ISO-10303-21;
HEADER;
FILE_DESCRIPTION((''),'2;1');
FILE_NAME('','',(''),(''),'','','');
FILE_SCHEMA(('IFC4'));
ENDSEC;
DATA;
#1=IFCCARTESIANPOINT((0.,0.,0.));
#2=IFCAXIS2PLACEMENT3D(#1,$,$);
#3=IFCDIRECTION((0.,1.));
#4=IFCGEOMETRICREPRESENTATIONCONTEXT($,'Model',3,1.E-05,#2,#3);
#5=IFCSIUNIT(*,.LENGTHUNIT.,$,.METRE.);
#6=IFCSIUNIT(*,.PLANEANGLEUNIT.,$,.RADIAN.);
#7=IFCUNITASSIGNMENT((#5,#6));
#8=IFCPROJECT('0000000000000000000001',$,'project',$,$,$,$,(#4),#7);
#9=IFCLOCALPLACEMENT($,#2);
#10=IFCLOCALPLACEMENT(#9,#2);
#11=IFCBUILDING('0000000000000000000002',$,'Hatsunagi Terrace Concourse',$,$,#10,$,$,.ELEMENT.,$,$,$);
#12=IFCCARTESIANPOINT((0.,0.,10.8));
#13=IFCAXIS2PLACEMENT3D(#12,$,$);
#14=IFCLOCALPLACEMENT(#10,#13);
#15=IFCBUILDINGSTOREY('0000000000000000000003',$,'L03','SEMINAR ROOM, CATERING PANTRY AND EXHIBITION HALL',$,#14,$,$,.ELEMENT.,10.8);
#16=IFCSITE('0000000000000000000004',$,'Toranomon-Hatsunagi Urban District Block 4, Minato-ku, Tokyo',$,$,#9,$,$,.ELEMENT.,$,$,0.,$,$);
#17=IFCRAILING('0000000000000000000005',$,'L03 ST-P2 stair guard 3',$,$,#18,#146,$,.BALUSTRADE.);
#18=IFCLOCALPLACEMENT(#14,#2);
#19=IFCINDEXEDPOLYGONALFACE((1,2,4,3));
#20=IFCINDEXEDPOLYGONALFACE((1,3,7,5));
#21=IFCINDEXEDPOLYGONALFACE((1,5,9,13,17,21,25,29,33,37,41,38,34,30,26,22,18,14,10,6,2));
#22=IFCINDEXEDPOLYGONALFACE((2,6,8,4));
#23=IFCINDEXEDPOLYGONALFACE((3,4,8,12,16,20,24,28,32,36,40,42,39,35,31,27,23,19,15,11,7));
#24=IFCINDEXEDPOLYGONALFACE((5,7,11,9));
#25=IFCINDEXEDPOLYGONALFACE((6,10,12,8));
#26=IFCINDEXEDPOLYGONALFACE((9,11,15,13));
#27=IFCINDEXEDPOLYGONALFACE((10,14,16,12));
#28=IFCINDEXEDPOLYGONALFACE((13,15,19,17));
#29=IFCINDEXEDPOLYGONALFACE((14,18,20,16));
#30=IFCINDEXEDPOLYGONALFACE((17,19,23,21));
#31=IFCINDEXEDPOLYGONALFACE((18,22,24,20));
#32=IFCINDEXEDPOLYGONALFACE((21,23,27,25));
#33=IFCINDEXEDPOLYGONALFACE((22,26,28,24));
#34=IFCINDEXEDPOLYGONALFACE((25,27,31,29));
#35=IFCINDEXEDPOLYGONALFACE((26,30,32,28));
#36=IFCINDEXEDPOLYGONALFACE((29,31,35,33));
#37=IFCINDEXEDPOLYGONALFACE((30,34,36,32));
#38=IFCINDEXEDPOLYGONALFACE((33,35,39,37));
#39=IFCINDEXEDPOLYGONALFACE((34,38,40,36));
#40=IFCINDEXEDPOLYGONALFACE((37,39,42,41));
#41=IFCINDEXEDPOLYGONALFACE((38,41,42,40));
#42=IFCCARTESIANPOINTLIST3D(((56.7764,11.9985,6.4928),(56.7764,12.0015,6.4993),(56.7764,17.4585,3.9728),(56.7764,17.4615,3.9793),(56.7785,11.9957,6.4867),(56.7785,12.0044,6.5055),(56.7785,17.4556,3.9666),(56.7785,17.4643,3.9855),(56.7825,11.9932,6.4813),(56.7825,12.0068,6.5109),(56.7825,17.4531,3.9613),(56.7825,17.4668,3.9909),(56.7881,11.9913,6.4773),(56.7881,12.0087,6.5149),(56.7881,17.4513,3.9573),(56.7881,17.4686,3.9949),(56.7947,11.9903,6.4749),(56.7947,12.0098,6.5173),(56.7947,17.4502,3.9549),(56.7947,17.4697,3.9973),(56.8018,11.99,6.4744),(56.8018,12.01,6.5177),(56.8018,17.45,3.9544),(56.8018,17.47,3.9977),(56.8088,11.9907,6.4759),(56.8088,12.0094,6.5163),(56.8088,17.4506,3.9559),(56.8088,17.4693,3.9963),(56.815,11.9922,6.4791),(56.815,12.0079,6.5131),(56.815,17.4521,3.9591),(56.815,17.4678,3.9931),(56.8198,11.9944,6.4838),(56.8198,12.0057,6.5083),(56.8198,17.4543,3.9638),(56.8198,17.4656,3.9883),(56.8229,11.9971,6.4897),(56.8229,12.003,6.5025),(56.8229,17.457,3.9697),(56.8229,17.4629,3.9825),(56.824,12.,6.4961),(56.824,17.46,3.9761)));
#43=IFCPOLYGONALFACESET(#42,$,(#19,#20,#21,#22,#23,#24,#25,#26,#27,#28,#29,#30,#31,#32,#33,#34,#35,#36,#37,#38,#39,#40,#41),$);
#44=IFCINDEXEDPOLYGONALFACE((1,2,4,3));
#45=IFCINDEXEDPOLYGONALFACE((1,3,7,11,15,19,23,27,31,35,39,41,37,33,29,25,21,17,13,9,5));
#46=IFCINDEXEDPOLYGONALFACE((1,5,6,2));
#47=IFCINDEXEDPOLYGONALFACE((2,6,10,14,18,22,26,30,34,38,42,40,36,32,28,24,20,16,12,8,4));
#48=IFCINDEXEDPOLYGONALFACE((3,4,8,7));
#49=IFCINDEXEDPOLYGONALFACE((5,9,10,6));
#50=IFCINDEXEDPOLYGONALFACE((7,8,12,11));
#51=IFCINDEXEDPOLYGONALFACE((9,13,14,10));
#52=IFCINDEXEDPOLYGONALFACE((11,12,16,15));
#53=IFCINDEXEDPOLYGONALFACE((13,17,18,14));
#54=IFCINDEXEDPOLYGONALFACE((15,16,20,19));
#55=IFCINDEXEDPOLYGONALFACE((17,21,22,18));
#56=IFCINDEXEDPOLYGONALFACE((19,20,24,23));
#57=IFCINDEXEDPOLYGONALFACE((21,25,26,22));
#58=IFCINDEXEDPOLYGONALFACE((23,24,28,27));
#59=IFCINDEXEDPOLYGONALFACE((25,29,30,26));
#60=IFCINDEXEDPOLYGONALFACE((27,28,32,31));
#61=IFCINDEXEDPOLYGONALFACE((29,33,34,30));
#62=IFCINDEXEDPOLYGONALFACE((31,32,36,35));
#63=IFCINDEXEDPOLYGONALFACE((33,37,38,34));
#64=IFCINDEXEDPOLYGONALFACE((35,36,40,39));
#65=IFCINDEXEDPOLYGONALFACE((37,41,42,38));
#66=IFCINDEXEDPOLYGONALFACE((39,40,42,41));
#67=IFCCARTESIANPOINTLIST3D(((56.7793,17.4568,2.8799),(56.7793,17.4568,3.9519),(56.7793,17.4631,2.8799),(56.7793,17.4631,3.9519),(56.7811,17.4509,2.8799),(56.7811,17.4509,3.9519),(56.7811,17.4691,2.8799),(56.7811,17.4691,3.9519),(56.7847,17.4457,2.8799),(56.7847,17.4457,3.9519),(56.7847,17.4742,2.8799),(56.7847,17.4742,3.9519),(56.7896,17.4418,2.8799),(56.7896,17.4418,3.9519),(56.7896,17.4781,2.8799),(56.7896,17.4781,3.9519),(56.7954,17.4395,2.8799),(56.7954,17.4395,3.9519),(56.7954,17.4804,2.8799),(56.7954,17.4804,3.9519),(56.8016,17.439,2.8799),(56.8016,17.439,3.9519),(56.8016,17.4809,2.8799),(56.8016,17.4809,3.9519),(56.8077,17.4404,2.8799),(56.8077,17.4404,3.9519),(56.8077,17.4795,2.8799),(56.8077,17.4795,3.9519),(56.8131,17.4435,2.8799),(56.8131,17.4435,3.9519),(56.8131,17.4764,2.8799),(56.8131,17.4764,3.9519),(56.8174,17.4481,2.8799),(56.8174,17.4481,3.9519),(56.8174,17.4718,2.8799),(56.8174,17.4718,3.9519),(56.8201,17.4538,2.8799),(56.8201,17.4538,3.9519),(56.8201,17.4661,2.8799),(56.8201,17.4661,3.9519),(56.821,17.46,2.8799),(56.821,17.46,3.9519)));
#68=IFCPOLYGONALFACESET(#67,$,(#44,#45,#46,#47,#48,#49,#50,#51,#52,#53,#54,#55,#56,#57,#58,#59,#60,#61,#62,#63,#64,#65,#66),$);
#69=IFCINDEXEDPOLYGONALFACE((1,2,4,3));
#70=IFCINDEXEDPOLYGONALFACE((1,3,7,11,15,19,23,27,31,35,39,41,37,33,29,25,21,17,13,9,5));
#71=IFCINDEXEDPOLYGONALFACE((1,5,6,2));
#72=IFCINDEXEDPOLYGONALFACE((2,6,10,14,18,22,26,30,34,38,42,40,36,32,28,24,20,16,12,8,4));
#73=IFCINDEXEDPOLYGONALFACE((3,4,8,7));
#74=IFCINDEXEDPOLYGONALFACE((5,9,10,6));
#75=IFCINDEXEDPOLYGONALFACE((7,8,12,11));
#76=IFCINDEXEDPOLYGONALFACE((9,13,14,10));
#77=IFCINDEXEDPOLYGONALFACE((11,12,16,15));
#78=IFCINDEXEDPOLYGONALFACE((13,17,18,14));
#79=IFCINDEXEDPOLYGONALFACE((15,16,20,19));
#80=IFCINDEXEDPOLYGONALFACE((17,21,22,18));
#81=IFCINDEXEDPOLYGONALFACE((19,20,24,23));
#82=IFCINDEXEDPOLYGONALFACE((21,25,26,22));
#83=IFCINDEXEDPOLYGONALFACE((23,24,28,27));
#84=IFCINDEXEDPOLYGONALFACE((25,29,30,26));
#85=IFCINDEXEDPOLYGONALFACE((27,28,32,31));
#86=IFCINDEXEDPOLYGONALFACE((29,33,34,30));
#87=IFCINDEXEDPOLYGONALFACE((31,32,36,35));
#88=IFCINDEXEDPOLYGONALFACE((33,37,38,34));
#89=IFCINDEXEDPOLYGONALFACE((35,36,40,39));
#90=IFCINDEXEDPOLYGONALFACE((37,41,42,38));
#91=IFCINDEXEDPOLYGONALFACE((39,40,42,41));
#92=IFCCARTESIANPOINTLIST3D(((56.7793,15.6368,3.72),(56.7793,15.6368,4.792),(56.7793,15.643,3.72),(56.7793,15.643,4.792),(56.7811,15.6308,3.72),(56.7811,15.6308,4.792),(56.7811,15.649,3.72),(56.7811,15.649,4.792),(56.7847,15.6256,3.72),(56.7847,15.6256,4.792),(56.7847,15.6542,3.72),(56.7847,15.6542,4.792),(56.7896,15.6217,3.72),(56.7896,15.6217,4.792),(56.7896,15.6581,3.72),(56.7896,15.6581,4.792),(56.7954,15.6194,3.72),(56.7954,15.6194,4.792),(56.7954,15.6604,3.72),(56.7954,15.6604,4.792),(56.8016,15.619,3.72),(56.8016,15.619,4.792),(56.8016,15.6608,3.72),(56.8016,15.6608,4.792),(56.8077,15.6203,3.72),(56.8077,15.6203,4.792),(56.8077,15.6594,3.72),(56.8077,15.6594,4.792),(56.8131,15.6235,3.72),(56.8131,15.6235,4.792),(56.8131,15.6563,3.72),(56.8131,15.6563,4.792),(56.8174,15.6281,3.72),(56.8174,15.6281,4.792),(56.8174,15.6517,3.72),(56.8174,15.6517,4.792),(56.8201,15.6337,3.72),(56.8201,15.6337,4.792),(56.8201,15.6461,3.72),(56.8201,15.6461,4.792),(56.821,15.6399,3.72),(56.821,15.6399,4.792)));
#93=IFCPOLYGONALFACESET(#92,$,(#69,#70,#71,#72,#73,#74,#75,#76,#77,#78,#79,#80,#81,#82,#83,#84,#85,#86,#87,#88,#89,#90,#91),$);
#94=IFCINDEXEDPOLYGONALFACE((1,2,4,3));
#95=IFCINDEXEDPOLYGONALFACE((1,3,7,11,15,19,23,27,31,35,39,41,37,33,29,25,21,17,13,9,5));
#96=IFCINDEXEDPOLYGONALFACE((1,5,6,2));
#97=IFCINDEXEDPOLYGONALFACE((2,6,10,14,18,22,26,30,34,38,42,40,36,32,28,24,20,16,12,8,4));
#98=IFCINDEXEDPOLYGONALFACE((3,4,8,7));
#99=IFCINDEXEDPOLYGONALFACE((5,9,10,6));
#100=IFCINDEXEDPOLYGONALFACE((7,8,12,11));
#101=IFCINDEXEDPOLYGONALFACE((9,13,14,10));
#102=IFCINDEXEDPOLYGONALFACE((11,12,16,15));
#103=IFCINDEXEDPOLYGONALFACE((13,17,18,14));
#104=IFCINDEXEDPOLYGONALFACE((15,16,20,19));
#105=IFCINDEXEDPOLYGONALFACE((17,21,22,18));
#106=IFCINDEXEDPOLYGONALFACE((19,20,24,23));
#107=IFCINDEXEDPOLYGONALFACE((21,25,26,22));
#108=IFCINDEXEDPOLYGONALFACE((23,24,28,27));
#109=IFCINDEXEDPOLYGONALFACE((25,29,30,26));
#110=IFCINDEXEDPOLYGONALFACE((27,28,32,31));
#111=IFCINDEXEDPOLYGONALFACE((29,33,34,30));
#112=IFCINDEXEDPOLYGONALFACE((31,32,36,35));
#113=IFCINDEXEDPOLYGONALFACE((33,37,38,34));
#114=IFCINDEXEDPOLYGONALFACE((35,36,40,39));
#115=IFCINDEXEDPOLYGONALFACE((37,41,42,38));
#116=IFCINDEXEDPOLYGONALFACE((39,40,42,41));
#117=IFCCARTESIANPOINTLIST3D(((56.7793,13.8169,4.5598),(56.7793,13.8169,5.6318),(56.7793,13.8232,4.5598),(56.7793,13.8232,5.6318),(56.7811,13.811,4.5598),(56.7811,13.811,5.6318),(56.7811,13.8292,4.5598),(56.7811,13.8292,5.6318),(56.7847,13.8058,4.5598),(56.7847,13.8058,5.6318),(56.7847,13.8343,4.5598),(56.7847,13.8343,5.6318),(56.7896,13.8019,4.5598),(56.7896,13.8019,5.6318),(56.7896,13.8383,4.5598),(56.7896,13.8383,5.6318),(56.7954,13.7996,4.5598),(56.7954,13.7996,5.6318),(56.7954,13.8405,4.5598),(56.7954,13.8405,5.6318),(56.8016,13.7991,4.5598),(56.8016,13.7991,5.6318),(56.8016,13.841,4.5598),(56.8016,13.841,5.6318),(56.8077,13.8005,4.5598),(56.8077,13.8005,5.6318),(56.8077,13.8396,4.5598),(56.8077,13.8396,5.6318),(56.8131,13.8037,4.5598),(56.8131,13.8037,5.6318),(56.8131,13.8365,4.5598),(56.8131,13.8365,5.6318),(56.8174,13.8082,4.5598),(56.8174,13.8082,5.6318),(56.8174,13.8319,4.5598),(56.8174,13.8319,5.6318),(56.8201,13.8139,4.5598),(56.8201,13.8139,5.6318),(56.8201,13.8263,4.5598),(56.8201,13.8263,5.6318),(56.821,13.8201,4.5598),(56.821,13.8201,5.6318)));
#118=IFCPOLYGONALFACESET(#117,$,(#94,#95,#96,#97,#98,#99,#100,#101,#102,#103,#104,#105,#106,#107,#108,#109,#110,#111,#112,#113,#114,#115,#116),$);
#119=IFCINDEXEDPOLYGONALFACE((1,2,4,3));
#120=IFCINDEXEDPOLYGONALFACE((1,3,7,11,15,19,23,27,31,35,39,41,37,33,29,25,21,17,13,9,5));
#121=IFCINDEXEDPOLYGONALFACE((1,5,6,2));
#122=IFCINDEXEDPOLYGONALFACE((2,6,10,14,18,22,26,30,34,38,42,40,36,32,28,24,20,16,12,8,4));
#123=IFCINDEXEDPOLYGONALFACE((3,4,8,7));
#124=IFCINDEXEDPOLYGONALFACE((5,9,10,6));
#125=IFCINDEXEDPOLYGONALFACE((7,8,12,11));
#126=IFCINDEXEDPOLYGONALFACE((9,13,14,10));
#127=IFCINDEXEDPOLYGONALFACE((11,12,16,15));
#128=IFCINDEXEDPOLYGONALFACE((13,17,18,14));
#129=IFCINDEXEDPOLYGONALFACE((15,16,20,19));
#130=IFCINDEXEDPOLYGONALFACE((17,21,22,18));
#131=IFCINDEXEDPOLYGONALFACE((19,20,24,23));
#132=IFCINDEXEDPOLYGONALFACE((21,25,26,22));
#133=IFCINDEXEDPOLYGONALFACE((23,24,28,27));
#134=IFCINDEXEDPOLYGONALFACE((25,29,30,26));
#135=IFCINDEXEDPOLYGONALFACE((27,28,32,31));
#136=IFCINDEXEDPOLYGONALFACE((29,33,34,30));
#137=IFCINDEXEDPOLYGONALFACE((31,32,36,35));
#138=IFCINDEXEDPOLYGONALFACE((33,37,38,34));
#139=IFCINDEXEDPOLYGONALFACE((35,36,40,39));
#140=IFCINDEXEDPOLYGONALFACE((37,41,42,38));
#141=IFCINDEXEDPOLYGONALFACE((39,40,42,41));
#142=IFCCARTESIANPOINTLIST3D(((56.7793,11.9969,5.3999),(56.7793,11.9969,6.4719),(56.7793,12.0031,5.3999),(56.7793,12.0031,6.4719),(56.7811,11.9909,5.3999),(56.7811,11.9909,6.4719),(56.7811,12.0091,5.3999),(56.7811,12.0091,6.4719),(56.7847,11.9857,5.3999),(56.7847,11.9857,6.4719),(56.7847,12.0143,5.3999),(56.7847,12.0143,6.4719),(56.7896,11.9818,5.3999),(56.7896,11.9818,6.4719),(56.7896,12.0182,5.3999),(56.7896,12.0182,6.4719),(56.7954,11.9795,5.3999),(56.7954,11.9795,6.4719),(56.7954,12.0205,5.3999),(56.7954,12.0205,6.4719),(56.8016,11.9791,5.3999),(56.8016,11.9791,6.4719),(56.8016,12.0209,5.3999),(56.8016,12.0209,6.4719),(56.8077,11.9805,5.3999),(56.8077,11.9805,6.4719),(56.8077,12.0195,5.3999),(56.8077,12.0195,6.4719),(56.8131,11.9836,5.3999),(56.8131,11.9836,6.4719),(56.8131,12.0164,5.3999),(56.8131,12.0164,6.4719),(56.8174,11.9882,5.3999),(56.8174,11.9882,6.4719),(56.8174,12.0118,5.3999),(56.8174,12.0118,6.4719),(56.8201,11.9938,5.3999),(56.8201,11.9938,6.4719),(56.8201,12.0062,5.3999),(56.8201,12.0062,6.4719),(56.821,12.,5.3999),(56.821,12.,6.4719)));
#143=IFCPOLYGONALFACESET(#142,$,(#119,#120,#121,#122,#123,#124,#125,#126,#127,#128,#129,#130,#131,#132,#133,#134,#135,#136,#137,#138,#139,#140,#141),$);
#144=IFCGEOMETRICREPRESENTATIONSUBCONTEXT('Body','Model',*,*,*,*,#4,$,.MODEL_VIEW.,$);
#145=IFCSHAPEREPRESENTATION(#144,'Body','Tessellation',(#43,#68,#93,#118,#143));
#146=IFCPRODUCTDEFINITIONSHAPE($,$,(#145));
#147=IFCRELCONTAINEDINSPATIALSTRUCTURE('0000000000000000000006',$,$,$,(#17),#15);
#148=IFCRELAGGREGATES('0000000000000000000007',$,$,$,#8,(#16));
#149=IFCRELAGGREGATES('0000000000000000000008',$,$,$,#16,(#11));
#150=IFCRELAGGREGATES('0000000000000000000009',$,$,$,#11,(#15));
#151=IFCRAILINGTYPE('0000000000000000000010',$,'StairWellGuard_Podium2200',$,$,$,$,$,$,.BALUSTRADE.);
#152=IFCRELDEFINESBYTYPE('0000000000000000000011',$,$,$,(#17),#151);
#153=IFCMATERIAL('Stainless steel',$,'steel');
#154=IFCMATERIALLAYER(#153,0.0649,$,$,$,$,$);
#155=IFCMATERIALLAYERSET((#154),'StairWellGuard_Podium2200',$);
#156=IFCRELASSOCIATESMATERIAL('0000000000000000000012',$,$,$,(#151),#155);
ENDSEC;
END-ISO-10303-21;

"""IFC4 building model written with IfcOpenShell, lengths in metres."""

from ifc_helpers import new_model, si_unit, direction, frame, origin, origin_2d, place, context, subcontext, project, spatial, circle, extrude, material, layer, layer_set, type_object, element, save


model = new_model("IFC4")

# Units and contexts
model_context = context("Model", 3, precision=1e-05, world=origin(), true_north=direction((0.0, 1.0)))
body_context = subcontext(model_context, "Body", "Model", "MODEL_VIEW")
ifc_project = project(units=[si_unit("LENGTHUNIT", "METRE"), si_unit("PLANEANGLEUNIT", "RADIAN")], contexts=[model_context])

# Site, building, storey
site_placement = place(None, origin())
site = spatial("IfcSite", under=ifc_project, at=site_placement, Name="Toranomon-Hatsunagi Urban District Block 4, Minato-ku, Tokyo", CompositionType="ELEMENT", RefElevation=0.0)
building_placement = place(site_placement, origin())
building = spatial("IfcBuilding", under=site, at=building_placement, Name="Hatsunagi Terrace Concourse", CompositionType="ELEMENT")
storey_placement = place(building_placement, frame((0.0, 0.0, 10.8)))
storey = spatial("IfcBuildingStorey", under=building, at=storey_placement, Name="L03", Description="SEMINAR ROOM, CATERING PANTRY AND EXHIBITION HALL", CompositionType="ELEMENT", Elevation=10.8)

# Railing
ifc_material_1 = material(Name="Stainless steel", Category="steel")
ifc_layer_1 = layer(ifc_material_1, 0.0649)
ifc_layer_set_1 = layer_set([ifc_layer_1], Name="StairWellGuard_Podium2200")
railing_type_1 = type_object("IfcRailingType", Name="StairWellGuard_Podium2200", PredefinedType="BALUSTRADE", material=ifc_layer_set_1)
railing_1_placement = place(storey_placement, frame((56.8, 17.46, 2.8799)))
element("IfcRailing", 1, at=railing_1_placement, inside=storey, type_object=railing_type_1, Name="L03 ST-P2 stair guard 3", PredefinedType="BALUSTRADE", context=body_context, shape_type="SweptSolid", body=[
    extrude(circle(Radius=0.0239, at=origin_2d()), frame((0.0, 0.0, 1.0962), z_axis=(0.0, -0.907957, 0.419063), x_axis=(1.0, 0.0, 0.0)), (0.0, 0.0, 1.0), 6.0134),
    extrude(circle(Radius=0.021, at=origin_2d()), origin(), (0.0, 0.0, 1.0), 1.072),
    extrude(circle(Radius=0.021, at=origin_2d()), frame((0.0, -1.8201, 0.8401)), (0.0, 0.0, 1.0), 1.072),
    extrude(circle(Radius=0.021, at=origin_2d()), frame((0.0, -3.6399, 1.6799)), (0.0, 0.0, 1.0), 1.072),
    extrude(circle(Radius=0.021, at=origin_2d()), frame((0.0, -5.46, 2.52)), (0.0, 0.0, 1.0), 1.072),
])

save(model, "model.ifc")
